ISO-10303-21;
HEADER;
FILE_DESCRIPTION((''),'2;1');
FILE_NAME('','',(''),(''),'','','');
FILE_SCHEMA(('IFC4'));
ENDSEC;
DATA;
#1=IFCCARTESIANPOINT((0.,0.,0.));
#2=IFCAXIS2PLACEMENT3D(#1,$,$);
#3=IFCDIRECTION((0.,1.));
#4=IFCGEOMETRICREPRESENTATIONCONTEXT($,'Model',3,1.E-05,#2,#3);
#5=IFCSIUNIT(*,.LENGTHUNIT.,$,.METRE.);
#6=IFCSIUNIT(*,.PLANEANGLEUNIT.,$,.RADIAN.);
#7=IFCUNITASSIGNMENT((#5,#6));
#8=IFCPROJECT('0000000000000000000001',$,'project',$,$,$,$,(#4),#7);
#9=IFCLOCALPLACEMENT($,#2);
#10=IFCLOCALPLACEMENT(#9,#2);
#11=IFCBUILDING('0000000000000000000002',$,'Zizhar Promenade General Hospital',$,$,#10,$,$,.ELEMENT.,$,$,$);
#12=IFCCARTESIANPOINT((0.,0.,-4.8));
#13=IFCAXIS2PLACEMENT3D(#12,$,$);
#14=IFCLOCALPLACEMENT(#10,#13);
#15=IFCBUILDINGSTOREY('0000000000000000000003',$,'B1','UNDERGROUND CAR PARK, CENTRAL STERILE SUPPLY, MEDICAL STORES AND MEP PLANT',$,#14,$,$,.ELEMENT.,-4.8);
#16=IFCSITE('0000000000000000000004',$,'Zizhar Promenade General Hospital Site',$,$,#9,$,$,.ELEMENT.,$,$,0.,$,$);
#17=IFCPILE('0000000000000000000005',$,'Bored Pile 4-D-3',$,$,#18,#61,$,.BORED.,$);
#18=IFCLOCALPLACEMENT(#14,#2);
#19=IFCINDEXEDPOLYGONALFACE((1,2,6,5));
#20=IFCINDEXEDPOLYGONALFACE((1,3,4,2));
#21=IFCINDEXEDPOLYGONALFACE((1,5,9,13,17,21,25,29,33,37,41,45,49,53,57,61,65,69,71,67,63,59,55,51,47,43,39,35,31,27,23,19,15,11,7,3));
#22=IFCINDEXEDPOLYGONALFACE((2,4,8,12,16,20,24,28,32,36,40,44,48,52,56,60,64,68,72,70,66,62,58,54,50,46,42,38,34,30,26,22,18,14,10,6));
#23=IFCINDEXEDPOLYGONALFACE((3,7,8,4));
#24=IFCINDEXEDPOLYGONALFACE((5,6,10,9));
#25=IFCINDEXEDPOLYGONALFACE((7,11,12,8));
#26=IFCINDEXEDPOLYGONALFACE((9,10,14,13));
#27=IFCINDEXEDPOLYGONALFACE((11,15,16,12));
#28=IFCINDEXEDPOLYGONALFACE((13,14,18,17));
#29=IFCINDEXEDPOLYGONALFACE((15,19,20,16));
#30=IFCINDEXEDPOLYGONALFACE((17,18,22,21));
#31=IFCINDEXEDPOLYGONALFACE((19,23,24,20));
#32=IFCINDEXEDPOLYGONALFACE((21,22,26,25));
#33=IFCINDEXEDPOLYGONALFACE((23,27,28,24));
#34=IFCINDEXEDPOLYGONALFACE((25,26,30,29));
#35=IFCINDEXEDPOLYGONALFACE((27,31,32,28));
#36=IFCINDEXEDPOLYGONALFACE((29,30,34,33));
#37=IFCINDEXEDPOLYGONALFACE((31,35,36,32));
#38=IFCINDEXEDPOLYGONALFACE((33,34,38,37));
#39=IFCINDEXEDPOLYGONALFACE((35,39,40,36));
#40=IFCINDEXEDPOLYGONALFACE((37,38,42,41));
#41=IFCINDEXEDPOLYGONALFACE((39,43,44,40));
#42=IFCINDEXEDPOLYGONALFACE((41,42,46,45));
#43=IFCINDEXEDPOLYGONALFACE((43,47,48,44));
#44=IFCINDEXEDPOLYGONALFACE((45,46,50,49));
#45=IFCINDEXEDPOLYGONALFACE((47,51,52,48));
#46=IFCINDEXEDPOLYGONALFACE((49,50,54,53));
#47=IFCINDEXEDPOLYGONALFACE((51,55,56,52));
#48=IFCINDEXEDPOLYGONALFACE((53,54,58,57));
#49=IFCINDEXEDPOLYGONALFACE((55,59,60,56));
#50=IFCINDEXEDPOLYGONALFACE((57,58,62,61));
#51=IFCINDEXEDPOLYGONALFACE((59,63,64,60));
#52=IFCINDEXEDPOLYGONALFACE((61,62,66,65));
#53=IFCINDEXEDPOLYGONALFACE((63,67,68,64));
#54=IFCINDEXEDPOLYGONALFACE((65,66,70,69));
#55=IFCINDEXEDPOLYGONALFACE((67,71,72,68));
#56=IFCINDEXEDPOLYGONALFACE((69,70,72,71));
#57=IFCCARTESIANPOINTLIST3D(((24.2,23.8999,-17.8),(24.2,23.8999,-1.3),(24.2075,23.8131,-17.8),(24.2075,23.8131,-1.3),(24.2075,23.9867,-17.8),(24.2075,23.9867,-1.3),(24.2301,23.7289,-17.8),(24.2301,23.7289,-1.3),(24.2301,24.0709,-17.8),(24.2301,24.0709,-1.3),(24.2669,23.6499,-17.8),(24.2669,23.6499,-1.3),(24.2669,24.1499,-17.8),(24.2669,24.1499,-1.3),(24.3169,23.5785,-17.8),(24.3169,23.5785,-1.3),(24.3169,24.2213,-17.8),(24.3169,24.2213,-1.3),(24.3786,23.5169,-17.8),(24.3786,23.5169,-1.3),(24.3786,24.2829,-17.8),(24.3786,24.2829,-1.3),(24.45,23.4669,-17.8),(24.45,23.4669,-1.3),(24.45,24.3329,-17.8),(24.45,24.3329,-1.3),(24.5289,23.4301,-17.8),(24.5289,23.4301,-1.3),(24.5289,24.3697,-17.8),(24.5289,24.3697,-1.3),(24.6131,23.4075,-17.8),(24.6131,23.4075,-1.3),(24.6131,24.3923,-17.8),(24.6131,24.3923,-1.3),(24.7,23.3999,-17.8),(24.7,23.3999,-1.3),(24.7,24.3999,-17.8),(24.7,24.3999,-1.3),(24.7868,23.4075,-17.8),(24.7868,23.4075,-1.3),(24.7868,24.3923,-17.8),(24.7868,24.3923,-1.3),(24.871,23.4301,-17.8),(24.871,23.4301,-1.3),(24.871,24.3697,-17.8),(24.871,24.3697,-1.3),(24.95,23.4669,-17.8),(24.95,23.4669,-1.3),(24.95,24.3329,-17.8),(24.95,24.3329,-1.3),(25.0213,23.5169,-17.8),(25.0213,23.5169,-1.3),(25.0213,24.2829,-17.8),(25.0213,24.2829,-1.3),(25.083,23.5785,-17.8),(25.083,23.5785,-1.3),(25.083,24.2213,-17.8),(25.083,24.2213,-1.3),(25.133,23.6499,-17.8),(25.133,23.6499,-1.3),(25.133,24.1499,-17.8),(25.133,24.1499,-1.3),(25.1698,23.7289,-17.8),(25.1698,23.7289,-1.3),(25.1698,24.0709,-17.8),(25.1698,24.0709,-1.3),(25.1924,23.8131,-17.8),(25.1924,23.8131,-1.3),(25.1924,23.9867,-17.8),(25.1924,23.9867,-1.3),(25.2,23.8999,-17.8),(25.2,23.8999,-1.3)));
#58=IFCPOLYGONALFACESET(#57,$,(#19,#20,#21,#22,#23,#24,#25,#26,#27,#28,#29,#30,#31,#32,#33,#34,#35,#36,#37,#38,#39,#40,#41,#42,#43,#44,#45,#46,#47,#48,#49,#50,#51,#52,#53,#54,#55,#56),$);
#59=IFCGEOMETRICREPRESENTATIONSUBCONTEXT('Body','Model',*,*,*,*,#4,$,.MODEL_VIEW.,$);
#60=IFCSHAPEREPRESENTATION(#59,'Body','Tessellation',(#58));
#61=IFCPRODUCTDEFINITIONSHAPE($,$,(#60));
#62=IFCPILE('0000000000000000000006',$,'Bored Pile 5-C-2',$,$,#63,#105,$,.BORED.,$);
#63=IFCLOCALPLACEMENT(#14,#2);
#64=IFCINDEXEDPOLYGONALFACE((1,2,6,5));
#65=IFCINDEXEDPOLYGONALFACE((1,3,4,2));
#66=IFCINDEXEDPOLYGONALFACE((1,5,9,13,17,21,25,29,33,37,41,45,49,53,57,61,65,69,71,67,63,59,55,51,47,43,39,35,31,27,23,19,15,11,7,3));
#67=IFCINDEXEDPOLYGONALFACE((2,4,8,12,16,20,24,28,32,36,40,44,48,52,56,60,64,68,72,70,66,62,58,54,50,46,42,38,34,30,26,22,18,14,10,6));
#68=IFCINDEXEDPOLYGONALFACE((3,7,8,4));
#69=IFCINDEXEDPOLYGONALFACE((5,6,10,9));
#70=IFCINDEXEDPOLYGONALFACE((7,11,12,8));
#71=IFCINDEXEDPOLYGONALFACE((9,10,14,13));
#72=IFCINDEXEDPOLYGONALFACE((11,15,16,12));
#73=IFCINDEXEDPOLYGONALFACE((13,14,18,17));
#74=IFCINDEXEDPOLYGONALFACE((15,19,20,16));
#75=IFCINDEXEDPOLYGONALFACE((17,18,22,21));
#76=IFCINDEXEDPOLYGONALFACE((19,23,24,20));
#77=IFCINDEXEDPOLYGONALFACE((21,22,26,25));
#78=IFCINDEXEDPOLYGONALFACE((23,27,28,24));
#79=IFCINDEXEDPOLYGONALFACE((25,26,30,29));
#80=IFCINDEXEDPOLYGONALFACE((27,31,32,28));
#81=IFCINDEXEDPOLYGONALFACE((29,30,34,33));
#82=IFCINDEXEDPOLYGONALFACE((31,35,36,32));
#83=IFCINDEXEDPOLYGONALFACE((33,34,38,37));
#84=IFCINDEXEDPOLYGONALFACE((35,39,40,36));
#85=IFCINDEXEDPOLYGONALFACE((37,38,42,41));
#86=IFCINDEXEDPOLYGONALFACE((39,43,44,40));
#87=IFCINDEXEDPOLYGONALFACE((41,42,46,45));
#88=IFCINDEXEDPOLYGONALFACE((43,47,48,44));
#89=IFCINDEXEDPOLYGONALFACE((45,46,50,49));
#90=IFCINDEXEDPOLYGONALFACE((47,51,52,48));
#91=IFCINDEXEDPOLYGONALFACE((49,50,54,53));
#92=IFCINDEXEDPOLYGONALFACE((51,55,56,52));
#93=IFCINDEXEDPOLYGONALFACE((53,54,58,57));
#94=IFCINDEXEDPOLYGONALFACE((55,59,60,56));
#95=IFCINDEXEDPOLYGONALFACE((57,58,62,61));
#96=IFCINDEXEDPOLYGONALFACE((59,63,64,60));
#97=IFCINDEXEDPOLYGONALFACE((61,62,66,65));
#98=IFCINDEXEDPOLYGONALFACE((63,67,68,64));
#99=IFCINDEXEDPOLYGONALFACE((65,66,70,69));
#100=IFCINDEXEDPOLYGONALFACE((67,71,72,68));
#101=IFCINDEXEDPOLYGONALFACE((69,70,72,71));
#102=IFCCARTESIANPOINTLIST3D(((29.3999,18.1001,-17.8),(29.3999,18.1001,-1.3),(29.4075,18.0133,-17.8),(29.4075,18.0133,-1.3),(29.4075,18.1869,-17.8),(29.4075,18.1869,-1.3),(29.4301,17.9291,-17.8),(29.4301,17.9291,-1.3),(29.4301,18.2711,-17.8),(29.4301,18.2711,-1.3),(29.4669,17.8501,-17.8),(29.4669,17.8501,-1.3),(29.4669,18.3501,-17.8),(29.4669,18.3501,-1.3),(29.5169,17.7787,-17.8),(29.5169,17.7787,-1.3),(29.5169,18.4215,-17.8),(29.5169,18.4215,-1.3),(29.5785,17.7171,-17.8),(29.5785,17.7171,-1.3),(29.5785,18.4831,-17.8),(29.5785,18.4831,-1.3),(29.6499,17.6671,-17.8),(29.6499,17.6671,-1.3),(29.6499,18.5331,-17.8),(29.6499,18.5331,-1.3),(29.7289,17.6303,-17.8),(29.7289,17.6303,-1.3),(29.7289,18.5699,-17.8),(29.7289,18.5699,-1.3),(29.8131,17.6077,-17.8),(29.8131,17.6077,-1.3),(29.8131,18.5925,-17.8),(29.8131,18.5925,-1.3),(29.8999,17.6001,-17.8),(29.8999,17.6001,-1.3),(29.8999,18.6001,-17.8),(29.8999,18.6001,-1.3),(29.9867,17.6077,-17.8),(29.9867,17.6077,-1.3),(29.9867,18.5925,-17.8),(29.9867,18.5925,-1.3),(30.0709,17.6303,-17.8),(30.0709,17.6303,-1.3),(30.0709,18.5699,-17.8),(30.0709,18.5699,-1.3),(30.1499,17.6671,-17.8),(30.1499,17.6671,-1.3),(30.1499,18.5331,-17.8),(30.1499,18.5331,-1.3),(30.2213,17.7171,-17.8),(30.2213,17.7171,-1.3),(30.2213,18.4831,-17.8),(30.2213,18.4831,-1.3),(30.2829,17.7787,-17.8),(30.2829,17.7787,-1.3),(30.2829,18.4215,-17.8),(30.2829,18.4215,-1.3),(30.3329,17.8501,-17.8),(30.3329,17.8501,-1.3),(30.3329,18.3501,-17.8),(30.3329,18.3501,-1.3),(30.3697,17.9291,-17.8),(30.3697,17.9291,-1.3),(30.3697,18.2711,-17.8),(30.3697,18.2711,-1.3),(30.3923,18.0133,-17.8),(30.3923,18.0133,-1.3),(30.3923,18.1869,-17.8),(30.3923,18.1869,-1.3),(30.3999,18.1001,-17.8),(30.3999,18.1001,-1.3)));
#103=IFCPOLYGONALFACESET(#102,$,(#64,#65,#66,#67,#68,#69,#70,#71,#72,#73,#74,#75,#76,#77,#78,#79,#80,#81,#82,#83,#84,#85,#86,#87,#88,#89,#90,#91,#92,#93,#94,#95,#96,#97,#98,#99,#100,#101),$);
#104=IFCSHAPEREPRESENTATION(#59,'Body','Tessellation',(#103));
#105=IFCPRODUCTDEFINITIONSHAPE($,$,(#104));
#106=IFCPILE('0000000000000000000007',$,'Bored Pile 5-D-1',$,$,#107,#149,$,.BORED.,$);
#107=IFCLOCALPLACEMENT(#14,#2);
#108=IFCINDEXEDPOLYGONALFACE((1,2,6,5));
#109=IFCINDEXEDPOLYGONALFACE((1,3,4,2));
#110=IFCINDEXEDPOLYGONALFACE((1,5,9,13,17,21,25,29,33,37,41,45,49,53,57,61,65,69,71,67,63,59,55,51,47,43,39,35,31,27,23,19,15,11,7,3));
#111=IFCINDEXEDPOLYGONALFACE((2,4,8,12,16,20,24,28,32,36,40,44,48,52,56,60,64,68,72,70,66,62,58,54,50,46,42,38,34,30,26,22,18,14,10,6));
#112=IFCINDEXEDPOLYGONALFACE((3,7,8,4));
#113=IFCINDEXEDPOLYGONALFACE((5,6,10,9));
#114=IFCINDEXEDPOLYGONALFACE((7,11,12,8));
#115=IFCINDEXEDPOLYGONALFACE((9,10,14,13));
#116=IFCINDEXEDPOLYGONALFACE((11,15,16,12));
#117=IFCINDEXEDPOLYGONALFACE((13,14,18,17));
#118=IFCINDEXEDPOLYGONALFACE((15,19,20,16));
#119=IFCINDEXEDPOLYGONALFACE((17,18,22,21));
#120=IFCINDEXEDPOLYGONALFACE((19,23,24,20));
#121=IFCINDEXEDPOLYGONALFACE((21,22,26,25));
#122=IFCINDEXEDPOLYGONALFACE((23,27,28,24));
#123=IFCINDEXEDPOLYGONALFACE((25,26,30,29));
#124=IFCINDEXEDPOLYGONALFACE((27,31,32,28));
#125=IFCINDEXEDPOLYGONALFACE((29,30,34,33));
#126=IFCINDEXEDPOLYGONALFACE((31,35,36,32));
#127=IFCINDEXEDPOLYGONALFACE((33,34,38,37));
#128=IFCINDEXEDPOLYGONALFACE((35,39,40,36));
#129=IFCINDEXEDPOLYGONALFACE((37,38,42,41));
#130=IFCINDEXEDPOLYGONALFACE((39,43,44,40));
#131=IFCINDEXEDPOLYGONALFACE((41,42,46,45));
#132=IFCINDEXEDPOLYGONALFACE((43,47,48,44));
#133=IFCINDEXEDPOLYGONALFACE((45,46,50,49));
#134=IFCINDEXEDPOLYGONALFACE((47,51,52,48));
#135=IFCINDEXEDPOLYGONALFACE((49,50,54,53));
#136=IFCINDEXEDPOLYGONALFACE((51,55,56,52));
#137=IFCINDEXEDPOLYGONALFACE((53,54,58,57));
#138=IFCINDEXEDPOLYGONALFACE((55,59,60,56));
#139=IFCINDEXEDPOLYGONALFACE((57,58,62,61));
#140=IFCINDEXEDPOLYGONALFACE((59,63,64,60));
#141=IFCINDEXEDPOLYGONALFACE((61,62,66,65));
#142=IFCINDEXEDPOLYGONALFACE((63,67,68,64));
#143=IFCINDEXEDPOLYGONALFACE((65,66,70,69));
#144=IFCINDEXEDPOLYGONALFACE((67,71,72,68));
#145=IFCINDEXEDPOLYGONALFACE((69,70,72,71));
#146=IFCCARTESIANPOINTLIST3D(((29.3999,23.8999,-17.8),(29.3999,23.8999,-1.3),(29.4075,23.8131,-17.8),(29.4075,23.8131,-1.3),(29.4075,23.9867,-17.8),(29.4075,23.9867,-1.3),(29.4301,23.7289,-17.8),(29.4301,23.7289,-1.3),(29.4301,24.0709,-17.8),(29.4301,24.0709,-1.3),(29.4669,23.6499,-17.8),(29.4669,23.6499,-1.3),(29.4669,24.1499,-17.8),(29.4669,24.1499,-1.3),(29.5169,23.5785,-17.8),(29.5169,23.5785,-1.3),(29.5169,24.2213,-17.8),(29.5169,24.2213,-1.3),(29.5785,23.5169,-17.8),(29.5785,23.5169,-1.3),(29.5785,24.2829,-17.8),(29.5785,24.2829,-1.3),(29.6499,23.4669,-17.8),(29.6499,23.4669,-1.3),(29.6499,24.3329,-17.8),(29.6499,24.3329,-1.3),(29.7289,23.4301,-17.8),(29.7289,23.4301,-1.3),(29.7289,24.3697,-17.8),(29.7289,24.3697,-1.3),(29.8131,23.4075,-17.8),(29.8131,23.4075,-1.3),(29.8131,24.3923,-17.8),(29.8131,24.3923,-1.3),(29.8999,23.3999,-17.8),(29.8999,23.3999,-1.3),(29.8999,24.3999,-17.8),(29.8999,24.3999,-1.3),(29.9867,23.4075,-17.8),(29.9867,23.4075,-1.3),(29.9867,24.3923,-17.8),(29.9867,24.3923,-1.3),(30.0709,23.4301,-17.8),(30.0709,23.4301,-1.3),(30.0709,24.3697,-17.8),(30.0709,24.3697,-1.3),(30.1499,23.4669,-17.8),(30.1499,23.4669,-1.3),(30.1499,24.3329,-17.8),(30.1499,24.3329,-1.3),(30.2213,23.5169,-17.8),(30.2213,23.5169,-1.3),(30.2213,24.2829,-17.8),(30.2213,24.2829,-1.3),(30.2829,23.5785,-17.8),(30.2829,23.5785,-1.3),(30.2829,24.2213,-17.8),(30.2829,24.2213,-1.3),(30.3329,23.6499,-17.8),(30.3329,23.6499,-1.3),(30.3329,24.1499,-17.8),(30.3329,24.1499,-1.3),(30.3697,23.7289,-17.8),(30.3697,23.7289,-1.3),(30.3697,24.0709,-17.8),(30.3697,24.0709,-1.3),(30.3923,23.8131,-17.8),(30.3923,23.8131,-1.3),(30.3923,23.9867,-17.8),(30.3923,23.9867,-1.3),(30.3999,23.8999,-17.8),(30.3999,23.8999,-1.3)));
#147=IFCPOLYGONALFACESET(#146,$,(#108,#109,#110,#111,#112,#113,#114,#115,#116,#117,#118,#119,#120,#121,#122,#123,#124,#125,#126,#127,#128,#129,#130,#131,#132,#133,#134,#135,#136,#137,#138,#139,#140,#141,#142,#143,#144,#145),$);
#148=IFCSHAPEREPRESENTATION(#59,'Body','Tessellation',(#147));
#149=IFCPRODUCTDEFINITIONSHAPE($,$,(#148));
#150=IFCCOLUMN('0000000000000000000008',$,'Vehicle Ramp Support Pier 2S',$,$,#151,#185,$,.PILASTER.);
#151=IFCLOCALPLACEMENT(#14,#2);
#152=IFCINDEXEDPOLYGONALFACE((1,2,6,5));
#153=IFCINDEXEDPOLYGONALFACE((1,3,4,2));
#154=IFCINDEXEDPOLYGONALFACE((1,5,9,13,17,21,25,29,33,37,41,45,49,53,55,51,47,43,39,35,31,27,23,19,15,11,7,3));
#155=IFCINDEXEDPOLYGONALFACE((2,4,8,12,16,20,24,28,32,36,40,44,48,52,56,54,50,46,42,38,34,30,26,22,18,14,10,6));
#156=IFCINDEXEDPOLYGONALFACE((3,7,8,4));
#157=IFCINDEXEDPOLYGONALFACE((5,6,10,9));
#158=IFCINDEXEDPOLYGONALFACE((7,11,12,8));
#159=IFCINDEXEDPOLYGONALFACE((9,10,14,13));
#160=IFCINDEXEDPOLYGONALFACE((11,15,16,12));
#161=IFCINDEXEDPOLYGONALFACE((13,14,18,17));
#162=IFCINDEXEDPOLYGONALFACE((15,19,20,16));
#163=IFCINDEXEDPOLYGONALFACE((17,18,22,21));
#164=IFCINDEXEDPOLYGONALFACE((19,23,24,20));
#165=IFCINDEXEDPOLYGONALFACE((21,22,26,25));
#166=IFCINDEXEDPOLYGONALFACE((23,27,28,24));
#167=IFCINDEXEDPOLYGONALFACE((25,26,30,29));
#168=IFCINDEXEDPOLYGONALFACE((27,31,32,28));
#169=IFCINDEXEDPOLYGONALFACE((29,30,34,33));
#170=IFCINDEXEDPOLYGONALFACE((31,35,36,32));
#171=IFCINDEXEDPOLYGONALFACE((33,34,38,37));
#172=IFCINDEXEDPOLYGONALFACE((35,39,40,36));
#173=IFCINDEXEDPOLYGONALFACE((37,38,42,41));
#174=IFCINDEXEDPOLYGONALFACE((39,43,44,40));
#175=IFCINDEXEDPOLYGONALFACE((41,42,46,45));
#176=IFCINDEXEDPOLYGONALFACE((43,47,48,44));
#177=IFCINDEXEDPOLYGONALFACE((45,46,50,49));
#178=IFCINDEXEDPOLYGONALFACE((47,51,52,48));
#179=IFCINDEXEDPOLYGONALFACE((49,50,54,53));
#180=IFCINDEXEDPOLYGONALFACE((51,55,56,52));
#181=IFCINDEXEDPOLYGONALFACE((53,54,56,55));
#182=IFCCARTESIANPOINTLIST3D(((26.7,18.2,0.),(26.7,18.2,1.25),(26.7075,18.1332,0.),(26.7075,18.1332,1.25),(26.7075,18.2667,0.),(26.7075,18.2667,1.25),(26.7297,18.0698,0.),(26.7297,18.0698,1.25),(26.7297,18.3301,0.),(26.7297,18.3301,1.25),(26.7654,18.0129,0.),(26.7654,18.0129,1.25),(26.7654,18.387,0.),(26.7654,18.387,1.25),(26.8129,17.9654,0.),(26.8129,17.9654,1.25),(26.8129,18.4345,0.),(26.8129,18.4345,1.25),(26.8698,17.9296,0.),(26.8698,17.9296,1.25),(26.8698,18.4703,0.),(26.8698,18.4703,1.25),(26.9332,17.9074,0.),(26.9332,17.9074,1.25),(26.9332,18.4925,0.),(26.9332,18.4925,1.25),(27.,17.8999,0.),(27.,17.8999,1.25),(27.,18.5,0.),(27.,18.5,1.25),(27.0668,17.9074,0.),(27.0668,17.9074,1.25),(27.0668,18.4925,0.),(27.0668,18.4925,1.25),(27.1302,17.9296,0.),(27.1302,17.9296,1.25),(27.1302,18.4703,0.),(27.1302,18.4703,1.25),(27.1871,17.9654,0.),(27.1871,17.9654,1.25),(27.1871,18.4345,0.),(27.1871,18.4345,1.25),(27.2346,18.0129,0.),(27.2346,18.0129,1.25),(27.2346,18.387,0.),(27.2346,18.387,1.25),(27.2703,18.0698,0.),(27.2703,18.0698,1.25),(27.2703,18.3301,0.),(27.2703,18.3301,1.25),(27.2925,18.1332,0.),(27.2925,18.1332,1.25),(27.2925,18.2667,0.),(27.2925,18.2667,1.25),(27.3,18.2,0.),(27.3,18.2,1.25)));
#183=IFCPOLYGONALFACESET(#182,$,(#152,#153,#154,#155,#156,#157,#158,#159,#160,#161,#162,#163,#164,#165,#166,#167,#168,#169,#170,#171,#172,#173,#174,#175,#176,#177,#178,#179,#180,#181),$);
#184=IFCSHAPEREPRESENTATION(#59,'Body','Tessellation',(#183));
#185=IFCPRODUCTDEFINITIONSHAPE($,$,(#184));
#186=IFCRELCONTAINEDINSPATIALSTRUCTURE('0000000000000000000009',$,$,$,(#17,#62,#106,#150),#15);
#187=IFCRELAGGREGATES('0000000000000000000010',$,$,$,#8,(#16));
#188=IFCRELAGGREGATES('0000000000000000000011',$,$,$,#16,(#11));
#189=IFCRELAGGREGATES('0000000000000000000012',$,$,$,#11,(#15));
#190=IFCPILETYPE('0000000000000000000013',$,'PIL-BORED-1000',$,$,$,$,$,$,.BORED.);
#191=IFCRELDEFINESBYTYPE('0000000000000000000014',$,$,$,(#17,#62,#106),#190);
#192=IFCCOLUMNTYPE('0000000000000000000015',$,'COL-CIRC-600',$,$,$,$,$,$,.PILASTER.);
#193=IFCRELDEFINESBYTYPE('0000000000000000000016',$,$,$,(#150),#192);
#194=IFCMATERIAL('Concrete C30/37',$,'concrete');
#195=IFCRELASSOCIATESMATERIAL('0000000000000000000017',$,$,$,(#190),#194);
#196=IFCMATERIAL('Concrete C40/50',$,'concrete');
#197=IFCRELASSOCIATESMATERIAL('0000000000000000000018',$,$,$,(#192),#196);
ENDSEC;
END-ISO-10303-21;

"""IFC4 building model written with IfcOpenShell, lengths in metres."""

from ifc_helpers import new_model, si_unit, direction, frame, origin, origin_2d, place, context, subcontext, project, spatial, circle, extrude, material, material_profile, profile_set, type_object, element, save


model = new_model("IFC4")

# Units and contexts
model_context = context("Model", 3, precision=1e-05, world=origin(), true_north=direction((0.0, 1.0)))
body_context = subcontext(model_context, "Body", "Model", "MODEL_VIEW")
ifc_project = project(units=[si_unit("LENGTHUNIT", "METRE"), si_unit("PLANEANGLEUNIT", "RADIAN")], contexts=[model_context])

# Site, building, storey
site_placement = place(None, origin())
site = spatial("IfcSite", under=ifc_project, at=site_placement, Name="Zizhar Promenade General Hospital Site", CompositionType="ELEMENT", RefElevation=0.0)
building_placement = place(site_placement, origin())
building = spatial("IfcBuilding", under=site, at=building_placement, Name="Zizhar Promenade General Hospital", CompositionType="ELEMENT")
storey_placement = place(building_placement, frame((0.0, 0.0, -4.8)))
storey = spatial("IfcBuildingStorey", under=building, at=storey_placement, Name="B1", Description="UNDERGROUND CAR PARK, CENTRAL STERILE SUPPLY, MEDICAL STORES AND MEP PLANT", CompositionType="ELEMENT", Elevation=-4.8)

# Piles
ifc_material_1 = material(Name="Concrete C30/37", Category="concrete")
ifc_material_profile_1 = material_profile(ifc_material_1, circle(Radius=0.5, at=origin_2d()))
ifc_profile_set_1 = profile_set([ifc_material_profile_1], Name="Concrete C30/37")
pile_type = type_object("IfcPileType", Name="PIL-BORED-1000", PredefinedType="BORED", material=ifc_profile_set_1)
for number, where, z_axis, x_axis, name in (
    (1, (24.7, 23.8999, -1.3), (0.0, 0.0, -1.0), (1.0, 0.0, 0.0), "Bored Pile 4-D-3"),
    (2, (29.8999, 18.1001, -1.3), (0.0, 0.0, -1.0), (1.0, 0.0, 0.0), "Bored Pile 5-C-2"),
    (3, (29.8999, 23.8999, -1.3), (0.0, 0.0, -1.0), (1.0, 0.0, 0.0), "Bored Pile 5-D-1"),
):
    element("IfcPile", number, at=place(storey_placement, frame(where, z_axis=z_axis, x_axis=x_axis)), inside=storey, type_object=pile_type, Name=name, PredefinedType="BORED", context=body_context, shape_type="SweptSolid", body=[
        extrude(circle(Radius=0.5, at=origin_2d()), origin(), (0.0, 0.0, 1.0), 16.5),
    ])

# Column
ifc_material_2 = material(Name="Concrete C40/50", Category="concrete")
ifc_material_profile_2 = material_profile(ifc_material_2, circle(Radius=0.3, at=origin_2d()))
ifc_profile_set_2 = profile_set([ifc_material_profile_2], Name="Concrete C40/50")
column_type_1 = type_object("IfcColumnType", Name="COL-CIRC-600", PredefinedType="PILASTER", material=ifc_profile_set_2)
for number, where, z_axis, x_axis, name in (
    (4, (27.0, 18.2, 0.0), (0.0, 0.0, 1.0), (1.0, 0.0, 0.0), "Vehicle Ramp Support Pier 2S"),
):
    element("IfcColumn", number, at=place(storey_placement, frame(where, z_axis=z_axis, x_axis=x_axis)), inside=storey, type_object=column_type_1, Name=name, PredefinedType="PILASTER", context=body_context, shape_type="SweptSolid", body=[
        extrude(circle(Radius=0.3, at=origin_2d()), origin(), (0.0, 0.0, 1.0), 1.25),
    ])

save(model, "model.ifc")
